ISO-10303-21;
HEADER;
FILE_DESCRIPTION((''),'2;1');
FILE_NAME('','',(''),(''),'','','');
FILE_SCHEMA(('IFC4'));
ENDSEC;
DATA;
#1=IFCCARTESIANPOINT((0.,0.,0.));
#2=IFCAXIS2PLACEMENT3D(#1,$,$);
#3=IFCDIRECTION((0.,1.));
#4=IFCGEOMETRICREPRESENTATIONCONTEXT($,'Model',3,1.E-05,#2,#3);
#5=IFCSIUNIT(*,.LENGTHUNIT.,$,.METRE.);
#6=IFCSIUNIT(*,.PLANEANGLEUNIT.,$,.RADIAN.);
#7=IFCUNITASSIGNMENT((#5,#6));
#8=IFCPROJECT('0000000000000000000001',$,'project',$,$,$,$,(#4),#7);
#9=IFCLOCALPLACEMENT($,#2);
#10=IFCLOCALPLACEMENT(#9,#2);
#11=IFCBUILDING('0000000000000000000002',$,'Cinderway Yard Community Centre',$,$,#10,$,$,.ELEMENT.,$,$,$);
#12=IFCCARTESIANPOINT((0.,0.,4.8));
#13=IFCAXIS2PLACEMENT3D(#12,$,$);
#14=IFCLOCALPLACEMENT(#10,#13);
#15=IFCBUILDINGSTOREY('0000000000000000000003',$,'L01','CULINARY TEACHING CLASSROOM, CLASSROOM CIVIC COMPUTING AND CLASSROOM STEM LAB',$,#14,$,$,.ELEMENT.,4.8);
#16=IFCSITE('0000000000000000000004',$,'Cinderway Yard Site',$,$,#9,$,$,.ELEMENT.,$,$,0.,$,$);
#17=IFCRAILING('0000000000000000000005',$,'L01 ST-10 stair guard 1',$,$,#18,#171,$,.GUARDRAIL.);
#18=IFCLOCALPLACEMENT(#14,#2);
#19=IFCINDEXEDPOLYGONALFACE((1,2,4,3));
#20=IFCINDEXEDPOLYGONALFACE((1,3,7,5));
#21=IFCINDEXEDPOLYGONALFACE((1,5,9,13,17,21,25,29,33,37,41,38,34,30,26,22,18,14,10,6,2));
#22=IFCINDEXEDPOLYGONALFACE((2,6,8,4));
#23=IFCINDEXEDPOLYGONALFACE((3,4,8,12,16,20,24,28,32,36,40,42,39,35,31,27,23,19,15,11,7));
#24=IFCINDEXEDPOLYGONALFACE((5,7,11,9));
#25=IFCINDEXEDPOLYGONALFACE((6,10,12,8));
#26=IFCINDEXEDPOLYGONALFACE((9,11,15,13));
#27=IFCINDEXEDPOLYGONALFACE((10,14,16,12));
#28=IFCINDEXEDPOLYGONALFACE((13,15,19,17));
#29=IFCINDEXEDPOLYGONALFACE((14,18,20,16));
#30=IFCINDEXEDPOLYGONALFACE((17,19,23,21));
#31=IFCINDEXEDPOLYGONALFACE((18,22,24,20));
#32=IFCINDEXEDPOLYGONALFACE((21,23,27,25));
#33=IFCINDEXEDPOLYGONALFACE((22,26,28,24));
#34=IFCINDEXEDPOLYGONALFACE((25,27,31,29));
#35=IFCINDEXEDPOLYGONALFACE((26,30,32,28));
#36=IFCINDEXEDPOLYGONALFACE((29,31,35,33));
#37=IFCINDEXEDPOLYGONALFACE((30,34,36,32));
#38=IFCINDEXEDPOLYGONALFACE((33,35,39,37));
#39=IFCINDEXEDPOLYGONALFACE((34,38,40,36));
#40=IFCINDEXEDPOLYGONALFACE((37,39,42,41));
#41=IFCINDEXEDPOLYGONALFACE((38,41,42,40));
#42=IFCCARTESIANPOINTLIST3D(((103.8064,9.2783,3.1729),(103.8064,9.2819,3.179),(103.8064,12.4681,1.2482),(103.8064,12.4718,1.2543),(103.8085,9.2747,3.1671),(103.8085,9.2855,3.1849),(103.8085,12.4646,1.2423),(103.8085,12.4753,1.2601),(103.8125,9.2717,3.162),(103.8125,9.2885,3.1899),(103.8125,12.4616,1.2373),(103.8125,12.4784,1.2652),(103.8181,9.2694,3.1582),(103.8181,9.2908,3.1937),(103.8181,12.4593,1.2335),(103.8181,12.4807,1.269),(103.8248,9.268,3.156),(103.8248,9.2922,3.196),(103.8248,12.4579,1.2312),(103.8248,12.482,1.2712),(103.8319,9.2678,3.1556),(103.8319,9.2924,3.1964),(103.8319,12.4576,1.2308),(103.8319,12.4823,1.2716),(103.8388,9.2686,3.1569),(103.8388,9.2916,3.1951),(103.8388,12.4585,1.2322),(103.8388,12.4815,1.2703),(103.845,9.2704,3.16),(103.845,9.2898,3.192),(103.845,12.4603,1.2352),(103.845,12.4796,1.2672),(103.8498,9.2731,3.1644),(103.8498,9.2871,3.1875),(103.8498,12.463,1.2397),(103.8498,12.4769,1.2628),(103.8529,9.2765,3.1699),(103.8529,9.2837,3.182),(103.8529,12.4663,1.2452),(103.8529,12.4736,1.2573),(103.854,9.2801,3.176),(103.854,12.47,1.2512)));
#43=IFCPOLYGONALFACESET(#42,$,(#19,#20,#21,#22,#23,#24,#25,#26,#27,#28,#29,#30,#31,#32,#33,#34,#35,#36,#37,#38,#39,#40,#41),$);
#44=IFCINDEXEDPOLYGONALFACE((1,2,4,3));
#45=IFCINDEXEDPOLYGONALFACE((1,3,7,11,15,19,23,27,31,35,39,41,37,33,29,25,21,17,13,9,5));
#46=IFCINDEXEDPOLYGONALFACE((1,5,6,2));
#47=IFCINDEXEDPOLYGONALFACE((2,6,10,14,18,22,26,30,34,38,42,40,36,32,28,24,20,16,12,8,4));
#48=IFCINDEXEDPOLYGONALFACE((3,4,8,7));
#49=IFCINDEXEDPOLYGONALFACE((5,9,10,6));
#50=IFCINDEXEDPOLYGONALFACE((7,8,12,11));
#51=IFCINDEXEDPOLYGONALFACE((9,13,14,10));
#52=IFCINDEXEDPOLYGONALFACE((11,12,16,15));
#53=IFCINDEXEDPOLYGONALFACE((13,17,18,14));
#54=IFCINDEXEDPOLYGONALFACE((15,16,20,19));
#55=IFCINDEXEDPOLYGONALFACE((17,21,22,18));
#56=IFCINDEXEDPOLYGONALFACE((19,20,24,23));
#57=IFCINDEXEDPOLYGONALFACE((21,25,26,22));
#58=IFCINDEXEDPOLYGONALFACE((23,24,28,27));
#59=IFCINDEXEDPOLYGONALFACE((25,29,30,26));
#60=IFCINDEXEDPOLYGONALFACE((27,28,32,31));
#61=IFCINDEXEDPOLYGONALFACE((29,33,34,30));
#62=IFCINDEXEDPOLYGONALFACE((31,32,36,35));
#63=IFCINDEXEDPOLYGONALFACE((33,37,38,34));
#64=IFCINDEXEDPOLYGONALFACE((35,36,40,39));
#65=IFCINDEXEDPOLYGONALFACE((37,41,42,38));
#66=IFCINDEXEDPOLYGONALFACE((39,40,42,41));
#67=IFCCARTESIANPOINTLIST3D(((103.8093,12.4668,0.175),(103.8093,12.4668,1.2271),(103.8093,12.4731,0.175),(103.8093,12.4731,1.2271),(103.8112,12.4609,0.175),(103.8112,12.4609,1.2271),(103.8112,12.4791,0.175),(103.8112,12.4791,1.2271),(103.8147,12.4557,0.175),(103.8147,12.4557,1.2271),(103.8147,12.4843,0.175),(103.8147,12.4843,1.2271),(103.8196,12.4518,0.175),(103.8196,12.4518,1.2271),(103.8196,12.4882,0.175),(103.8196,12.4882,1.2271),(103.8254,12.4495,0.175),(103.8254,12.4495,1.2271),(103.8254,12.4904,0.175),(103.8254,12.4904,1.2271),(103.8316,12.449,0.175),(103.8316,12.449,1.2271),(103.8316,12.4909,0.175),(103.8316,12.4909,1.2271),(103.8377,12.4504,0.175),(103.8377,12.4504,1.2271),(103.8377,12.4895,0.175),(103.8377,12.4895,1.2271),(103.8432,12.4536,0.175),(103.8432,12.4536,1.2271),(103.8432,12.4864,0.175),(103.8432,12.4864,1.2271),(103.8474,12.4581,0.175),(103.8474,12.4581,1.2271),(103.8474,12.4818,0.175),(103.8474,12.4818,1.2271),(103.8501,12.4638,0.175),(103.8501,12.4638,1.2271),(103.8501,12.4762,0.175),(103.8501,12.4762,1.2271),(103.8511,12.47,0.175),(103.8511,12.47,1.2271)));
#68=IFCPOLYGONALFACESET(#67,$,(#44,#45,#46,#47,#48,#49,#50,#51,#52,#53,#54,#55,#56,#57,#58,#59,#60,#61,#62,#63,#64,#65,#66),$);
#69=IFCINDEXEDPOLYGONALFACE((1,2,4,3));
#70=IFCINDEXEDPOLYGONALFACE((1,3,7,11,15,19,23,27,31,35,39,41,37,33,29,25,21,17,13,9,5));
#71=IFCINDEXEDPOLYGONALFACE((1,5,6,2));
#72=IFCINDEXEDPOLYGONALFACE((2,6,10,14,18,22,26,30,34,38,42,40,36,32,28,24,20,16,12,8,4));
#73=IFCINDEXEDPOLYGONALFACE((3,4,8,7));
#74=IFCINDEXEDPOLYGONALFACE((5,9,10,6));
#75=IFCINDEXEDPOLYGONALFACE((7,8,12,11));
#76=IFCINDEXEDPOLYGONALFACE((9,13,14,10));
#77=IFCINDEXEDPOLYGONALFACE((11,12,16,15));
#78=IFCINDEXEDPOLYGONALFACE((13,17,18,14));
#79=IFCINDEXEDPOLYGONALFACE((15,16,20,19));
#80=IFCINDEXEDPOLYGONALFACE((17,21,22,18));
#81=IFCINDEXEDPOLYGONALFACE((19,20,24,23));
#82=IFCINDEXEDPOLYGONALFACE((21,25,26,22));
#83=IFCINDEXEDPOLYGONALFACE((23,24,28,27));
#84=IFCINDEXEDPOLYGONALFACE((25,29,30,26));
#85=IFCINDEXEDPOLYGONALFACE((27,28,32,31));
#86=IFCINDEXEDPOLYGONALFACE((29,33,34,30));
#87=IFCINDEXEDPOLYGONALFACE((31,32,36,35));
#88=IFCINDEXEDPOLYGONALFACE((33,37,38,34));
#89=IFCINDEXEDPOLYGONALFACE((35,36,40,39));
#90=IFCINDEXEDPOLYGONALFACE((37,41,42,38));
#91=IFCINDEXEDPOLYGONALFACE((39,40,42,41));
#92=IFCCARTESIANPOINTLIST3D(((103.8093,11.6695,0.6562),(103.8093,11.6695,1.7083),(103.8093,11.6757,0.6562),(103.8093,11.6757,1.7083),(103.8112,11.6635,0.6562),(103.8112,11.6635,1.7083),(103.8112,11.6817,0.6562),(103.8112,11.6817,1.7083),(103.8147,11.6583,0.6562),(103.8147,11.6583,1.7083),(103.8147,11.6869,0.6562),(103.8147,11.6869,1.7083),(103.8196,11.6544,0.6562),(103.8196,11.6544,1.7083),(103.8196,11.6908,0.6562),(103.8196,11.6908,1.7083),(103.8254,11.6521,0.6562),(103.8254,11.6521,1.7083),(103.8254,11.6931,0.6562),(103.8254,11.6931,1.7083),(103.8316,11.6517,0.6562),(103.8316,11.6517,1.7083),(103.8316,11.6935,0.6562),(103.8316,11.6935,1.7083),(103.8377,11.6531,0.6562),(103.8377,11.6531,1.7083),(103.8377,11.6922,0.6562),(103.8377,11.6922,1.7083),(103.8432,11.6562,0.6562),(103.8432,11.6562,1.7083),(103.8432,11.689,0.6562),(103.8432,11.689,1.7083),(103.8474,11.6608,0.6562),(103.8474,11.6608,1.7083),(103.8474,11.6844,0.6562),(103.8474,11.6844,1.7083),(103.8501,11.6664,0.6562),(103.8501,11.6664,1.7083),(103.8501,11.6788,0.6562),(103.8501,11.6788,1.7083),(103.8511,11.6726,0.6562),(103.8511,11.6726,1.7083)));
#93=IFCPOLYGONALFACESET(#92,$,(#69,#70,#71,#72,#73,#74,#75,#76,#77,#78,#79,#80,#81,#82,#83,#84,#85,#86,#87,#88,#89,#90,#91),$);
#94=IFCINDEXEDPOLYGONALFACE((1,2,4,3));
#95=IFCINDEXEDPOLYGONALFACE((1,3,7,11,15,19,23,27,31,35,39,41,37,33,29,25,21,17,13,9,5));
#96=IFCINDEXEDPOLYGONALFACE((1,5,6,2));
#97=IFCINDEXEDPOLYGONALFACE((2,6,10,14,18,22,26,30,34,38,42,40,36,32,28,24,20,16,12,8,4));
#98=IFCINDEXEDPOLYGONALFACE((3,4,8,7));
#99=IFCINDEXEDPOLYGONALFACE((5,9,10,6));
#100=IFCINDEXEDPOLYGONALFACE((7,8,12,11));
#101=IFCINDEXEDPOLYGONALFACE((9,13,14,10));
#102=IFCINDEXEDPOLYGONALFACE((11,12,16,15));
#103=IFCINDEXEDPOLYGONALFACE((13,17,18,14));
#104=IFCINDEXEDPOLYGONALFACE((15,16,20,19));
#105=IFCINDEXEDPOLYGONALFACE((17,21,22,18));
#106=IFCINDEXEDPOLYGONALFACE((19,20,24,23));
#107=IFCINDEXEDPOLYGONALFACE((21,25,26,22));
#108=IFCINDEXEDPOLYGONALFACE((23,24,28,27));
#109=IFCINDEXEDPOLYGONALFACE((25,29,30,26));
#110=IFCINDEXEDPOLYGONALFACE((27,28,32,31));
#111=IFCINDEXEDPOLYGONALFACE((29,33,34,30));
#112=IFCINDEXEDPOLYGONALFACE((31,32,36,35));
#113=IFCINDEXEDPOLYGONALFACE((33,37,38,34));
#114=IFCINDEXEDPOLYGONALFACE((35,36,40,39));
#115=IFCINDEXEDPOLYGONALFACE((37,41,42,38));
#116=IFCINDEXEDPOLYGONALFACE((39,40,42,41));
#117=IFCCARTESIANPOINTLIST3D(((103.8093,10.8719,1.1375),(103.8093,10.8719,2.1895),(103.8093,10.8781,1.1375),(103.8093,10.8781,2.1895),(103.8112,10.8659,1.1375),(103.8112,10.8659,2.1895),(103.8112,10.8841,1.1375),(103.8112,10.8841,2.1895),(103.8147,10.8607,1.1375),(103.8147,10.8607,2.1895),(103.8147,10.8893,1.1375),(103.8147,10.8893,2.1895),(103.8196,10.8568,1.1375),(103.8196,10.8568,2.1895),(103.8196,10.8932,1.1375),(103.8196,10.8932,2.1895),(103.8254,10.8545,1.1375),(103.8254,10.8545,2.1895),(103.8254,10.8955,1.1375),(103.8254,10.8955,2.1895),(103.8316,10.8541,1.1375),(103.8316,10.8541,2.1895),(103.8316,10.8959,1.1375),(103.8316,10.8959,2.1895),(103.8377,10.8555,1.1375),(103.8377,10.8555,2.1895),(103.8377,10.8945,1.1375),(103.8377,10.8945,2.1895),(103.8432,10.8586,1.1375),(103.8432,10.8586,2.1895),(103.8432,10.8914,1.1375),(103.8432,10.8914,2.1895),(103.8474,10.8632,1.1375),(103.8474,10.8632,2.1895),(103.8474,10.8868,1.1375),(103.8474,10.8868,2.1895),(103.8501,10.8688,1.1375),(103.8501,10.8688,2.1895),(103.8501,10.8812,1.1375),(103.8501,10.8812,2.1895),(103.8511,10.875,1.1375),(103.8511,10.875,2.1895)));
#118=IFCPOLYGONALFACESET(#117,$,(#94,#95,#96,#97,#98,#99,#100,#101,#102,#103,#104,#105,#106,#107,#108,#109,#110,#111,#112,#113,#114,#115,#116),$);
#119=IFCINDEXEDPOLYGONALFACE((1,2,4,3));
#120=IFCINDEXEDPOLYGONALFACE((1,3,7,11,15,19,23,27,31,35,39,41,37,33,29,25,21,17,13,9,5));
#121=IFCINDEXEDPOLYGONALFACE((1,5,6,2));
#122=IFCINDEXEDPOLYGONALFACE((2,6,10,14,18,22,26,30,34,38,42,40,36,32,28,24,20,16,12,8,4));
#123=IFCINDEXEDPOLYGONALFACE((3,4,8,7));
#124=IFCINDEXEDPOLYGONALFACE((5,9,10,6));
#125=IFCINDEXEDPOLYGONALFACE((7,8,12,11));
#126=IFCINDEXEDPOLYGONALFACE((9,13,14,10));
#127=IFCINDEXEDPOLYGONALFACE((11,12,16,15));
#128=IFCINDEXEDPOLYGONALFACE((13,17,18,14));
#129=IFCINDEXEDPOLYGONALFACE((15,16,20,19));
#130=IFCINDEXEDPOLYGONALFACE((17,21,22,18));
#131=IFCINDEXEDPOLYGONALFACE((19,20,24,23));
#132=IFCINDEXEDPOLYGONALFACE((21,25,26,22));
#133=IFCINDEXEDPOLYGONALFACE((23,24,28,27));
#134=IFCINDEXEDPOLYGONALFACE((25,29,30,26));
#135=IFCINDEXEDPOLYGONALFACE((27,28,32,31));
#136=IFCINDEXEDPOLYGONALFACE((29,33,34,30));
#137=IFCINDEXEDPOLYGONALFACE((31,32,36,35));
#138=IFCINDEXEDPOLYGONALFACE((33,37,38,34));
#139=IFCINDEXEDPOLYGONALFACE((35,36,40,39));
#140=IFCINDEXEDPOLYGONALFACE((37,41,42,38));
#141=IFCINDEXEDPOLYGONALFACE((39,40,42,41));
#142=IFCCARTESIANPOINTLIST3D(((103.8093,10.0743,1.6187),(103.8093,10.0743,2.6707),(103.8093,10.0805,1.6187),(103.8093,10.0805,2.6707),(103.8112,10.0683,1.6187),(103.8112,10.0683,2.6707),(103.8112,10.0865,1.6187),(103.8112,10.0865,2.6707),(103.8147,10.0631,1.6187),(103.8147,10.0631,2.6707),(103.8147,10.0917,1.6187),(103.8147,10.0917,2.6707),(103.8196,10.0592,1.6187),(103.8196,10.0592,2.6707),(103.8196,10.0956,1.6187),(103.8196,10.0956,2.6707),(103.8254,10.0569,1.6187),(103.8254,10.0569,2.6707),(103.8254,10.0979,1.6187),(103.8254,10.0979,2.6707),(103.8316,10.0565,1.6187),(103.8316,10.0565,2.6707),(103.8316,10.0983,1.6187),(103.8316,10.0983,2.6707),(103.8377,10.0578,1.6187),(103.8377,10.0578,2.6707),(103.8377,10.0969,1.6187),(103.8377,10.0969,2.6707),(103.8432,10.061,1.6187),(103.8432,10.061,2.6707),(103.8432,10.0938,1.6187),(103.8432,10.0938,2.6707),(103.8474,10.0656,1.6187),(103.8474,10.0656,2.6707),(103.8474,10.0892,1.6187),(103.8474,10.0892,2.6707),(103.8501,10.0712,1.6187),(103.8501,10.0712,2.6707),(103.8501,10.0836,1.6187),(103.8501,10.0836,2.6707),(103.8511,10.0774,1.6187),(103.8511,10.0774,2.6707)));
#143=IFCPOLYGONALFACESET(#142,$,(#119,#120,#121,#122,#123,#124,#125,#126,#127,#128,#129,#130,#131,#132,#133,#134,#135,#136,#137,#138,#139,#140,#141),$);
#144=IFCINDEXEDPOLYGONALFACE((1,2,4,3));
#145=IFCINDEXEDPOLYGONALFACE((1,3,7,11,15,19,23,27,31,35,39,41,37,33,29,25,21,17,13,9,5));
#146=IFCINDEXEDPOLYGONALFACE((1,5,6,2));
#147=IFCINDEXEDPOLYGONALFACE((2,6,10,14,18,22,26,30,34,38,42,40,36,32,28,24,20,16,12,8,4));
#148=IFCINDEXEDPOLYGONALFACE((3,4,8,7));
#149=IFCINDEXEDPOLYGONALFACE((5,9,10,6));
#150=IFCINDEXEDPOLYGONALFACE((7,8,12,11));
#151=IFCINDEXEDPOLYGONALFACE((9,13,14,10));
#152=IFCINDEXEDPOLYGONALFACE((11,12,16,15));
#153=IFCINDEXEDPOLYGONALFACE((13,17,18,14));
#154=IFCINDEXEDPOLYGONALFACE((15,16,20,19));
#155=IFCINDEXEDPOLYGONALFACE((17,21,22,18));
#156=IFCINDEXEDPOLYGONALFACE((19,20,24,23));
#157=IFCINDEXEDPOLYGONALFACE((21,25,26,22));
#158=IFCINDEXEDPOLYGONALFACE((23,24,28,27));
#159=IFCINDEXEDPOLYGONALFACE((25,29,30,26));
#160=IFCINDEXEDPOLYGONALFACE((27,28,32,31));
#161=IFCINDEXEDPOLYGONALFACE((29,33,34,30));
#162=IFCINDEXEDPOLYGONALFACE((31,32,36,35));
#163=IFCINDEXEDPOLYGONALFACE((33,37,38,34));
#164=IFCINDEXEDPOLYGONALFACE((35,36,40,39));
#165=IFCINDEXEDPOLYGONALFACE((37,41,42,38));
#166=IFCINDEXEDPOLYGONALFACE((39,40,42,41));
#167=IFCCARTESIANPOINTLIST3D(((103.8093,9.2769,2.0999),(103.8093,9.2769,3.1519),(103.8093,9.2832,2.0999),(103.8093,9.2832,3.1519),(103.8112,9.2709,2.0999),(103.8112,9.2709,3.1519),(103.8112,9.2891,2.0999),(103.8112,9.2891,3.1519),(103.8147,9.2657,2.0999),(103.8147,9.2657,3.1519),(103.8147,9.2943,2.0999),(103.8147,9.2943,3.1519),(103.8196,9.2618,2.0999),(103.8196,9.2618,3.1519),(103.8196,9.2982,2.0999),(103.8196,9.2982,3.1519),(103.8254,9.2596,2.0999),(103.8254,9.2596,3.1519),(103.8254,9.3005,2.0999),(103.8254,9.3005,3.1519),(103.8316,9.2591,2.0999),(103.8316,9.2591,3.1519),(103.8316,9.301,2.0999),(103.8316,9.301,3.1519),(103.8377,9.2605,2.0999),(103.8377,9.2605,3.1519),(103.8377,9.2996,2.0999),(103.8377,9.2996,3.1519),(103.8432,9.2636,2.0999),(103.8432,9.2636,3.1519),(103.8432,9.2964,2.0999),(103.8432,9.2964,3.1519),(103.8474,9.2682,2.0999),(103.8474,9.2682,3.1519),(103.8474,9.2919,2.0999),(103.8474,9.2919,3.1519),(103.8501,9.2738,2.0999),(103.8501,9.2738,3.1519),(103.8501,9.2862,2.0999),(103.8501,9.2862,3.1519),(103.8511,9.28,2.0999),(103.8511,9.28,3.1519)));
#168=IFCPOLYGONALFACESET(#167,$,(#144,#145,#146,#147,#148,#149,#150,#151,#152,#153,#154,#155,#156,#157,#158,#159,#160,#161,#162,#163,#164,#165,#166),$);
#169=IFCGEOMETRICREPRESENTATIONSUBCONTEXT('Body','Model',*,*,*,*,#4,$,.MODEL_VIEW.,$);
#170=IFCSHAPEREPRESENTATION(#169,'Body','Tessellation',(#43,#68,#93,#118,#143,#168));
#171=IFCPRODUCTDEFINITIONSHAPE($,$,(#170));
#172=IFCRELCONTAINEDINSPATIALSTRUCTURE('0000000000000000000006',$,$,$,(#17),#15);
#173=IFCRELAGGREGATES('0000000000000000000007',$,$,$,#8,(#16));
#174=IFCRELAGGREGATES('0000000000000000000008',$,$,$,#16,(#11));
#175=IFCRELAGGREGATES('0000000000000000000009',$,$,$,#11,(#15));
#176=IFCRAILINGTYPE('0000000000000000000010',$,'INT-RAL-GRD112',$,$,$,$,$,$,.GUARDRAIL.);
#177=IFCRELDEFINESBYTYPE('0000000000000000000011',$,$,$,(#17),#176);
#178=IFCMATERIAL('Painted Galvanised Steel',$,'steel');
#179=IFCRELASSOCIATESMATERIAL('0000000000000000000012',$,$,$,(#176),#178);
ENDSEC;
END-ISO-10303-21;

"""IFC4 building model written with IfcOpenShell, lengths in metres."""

from ifc_helpers import new_model, si_unit, direction, frame, origin, origin_2d, place, context, subcontext, project, spatial, circle, extrude, material, type_object, element, save


model = new_model("IFC4")

# Units and contexts
model_context = context("Model", 3, precision=1e-05, world=origin(), true_north=direction((0.0, 1.0)))
body_context = subcontext(model_context, "Body", "Model", "MODEL_VIEW")
ifc_project = project(units=[si_unit("LENGTHUNIT", "METRE"), si_unit("PLANEANGLEUNIT", "RADIAN")], contexts=[model_context])

# Site, building, storey
site_placement = place(None, origin())
site = spatial("IfcSite", under=ifc_project, at=site_placement, Name="Cinderway Yard Site", CompositionType="ELEMENT", RefElevation=0.0)
building_placement = place(site_placement, origin())
building = spatial("IfcBuilding", under=site, at=building_placement, Name="Cinderway Yard Community Centre", CompositionType="ELEMENT")
storey_placement = place(building_placement, frame((0.0, 0.0, 4.8)))
storey = spatial("IfcBuildingStorey", under=building, at=storey_placement, Name="L01", Description="CULINARY TEACHING CLASSROOM, CLASSROOM CIVIC COMPUTING AND CLASSROOM STEM LAB", CompositionType="ELEMENT", Elevation=4.8)

# Railing
ifc_material_1 = material(Name="Painted Galvanised Steel", Category="steel")
railing_type_1 = type_object("IfcRailingType", Name="INT-RAL-GRD112", PredefinedType="GUARDRAIL", material=ifc_material_1)
railing_1_placement = place(storey_placement, frame((103.8301, 12.47, 0.175)))
element("IfcRailing", 1, at=railing_1_placement, inside=storey, type_object=railing_type_1, Name="L01 ST-10 stair guard 1", PredefinedType="GUARDRAIL", context=body_context, shape_type="SweptSolid", body=[
    extrude(circle(Radius=0.0239, at=origin_2d()), frame((0.0, 0.0, 1.0762), z_axis=(0.0, -0.856207, 0.516633), x_axis=(1.0, 0.0, 0.0)), (0.0, 0.0, 1.0), 3.7256),
    extrude(circle(Radius=0.021, at=origin_2d()), origin(), (0.0, 0.0, 1.0), 1.052),
    extrude(circle(Radius=0.021, at=origin_2d()), frame((0.0, -0.7974, 0.4812)), (0.0, 0.0, 1.0), 1.052),
    extrude(circle(Radius=0.021, at=origin_2d()), frame((0.0, -1.595, 0.9624)), (0.0, 0.0, 1.0), 1.052),
    extrude(circle(Radius=0.021, at=origin_2d()), frame((0.0, -2.3926, 1.4436)), (0.0, 0.0, 1.0), 1.052),
    extrude(circle(Radius=0.021, at=origin_2d()), frame((0.0, -3.1899, 1.9248)), (0.0, 0.0, 1.0), 1.052),
])

save(model, "model.ifc")
